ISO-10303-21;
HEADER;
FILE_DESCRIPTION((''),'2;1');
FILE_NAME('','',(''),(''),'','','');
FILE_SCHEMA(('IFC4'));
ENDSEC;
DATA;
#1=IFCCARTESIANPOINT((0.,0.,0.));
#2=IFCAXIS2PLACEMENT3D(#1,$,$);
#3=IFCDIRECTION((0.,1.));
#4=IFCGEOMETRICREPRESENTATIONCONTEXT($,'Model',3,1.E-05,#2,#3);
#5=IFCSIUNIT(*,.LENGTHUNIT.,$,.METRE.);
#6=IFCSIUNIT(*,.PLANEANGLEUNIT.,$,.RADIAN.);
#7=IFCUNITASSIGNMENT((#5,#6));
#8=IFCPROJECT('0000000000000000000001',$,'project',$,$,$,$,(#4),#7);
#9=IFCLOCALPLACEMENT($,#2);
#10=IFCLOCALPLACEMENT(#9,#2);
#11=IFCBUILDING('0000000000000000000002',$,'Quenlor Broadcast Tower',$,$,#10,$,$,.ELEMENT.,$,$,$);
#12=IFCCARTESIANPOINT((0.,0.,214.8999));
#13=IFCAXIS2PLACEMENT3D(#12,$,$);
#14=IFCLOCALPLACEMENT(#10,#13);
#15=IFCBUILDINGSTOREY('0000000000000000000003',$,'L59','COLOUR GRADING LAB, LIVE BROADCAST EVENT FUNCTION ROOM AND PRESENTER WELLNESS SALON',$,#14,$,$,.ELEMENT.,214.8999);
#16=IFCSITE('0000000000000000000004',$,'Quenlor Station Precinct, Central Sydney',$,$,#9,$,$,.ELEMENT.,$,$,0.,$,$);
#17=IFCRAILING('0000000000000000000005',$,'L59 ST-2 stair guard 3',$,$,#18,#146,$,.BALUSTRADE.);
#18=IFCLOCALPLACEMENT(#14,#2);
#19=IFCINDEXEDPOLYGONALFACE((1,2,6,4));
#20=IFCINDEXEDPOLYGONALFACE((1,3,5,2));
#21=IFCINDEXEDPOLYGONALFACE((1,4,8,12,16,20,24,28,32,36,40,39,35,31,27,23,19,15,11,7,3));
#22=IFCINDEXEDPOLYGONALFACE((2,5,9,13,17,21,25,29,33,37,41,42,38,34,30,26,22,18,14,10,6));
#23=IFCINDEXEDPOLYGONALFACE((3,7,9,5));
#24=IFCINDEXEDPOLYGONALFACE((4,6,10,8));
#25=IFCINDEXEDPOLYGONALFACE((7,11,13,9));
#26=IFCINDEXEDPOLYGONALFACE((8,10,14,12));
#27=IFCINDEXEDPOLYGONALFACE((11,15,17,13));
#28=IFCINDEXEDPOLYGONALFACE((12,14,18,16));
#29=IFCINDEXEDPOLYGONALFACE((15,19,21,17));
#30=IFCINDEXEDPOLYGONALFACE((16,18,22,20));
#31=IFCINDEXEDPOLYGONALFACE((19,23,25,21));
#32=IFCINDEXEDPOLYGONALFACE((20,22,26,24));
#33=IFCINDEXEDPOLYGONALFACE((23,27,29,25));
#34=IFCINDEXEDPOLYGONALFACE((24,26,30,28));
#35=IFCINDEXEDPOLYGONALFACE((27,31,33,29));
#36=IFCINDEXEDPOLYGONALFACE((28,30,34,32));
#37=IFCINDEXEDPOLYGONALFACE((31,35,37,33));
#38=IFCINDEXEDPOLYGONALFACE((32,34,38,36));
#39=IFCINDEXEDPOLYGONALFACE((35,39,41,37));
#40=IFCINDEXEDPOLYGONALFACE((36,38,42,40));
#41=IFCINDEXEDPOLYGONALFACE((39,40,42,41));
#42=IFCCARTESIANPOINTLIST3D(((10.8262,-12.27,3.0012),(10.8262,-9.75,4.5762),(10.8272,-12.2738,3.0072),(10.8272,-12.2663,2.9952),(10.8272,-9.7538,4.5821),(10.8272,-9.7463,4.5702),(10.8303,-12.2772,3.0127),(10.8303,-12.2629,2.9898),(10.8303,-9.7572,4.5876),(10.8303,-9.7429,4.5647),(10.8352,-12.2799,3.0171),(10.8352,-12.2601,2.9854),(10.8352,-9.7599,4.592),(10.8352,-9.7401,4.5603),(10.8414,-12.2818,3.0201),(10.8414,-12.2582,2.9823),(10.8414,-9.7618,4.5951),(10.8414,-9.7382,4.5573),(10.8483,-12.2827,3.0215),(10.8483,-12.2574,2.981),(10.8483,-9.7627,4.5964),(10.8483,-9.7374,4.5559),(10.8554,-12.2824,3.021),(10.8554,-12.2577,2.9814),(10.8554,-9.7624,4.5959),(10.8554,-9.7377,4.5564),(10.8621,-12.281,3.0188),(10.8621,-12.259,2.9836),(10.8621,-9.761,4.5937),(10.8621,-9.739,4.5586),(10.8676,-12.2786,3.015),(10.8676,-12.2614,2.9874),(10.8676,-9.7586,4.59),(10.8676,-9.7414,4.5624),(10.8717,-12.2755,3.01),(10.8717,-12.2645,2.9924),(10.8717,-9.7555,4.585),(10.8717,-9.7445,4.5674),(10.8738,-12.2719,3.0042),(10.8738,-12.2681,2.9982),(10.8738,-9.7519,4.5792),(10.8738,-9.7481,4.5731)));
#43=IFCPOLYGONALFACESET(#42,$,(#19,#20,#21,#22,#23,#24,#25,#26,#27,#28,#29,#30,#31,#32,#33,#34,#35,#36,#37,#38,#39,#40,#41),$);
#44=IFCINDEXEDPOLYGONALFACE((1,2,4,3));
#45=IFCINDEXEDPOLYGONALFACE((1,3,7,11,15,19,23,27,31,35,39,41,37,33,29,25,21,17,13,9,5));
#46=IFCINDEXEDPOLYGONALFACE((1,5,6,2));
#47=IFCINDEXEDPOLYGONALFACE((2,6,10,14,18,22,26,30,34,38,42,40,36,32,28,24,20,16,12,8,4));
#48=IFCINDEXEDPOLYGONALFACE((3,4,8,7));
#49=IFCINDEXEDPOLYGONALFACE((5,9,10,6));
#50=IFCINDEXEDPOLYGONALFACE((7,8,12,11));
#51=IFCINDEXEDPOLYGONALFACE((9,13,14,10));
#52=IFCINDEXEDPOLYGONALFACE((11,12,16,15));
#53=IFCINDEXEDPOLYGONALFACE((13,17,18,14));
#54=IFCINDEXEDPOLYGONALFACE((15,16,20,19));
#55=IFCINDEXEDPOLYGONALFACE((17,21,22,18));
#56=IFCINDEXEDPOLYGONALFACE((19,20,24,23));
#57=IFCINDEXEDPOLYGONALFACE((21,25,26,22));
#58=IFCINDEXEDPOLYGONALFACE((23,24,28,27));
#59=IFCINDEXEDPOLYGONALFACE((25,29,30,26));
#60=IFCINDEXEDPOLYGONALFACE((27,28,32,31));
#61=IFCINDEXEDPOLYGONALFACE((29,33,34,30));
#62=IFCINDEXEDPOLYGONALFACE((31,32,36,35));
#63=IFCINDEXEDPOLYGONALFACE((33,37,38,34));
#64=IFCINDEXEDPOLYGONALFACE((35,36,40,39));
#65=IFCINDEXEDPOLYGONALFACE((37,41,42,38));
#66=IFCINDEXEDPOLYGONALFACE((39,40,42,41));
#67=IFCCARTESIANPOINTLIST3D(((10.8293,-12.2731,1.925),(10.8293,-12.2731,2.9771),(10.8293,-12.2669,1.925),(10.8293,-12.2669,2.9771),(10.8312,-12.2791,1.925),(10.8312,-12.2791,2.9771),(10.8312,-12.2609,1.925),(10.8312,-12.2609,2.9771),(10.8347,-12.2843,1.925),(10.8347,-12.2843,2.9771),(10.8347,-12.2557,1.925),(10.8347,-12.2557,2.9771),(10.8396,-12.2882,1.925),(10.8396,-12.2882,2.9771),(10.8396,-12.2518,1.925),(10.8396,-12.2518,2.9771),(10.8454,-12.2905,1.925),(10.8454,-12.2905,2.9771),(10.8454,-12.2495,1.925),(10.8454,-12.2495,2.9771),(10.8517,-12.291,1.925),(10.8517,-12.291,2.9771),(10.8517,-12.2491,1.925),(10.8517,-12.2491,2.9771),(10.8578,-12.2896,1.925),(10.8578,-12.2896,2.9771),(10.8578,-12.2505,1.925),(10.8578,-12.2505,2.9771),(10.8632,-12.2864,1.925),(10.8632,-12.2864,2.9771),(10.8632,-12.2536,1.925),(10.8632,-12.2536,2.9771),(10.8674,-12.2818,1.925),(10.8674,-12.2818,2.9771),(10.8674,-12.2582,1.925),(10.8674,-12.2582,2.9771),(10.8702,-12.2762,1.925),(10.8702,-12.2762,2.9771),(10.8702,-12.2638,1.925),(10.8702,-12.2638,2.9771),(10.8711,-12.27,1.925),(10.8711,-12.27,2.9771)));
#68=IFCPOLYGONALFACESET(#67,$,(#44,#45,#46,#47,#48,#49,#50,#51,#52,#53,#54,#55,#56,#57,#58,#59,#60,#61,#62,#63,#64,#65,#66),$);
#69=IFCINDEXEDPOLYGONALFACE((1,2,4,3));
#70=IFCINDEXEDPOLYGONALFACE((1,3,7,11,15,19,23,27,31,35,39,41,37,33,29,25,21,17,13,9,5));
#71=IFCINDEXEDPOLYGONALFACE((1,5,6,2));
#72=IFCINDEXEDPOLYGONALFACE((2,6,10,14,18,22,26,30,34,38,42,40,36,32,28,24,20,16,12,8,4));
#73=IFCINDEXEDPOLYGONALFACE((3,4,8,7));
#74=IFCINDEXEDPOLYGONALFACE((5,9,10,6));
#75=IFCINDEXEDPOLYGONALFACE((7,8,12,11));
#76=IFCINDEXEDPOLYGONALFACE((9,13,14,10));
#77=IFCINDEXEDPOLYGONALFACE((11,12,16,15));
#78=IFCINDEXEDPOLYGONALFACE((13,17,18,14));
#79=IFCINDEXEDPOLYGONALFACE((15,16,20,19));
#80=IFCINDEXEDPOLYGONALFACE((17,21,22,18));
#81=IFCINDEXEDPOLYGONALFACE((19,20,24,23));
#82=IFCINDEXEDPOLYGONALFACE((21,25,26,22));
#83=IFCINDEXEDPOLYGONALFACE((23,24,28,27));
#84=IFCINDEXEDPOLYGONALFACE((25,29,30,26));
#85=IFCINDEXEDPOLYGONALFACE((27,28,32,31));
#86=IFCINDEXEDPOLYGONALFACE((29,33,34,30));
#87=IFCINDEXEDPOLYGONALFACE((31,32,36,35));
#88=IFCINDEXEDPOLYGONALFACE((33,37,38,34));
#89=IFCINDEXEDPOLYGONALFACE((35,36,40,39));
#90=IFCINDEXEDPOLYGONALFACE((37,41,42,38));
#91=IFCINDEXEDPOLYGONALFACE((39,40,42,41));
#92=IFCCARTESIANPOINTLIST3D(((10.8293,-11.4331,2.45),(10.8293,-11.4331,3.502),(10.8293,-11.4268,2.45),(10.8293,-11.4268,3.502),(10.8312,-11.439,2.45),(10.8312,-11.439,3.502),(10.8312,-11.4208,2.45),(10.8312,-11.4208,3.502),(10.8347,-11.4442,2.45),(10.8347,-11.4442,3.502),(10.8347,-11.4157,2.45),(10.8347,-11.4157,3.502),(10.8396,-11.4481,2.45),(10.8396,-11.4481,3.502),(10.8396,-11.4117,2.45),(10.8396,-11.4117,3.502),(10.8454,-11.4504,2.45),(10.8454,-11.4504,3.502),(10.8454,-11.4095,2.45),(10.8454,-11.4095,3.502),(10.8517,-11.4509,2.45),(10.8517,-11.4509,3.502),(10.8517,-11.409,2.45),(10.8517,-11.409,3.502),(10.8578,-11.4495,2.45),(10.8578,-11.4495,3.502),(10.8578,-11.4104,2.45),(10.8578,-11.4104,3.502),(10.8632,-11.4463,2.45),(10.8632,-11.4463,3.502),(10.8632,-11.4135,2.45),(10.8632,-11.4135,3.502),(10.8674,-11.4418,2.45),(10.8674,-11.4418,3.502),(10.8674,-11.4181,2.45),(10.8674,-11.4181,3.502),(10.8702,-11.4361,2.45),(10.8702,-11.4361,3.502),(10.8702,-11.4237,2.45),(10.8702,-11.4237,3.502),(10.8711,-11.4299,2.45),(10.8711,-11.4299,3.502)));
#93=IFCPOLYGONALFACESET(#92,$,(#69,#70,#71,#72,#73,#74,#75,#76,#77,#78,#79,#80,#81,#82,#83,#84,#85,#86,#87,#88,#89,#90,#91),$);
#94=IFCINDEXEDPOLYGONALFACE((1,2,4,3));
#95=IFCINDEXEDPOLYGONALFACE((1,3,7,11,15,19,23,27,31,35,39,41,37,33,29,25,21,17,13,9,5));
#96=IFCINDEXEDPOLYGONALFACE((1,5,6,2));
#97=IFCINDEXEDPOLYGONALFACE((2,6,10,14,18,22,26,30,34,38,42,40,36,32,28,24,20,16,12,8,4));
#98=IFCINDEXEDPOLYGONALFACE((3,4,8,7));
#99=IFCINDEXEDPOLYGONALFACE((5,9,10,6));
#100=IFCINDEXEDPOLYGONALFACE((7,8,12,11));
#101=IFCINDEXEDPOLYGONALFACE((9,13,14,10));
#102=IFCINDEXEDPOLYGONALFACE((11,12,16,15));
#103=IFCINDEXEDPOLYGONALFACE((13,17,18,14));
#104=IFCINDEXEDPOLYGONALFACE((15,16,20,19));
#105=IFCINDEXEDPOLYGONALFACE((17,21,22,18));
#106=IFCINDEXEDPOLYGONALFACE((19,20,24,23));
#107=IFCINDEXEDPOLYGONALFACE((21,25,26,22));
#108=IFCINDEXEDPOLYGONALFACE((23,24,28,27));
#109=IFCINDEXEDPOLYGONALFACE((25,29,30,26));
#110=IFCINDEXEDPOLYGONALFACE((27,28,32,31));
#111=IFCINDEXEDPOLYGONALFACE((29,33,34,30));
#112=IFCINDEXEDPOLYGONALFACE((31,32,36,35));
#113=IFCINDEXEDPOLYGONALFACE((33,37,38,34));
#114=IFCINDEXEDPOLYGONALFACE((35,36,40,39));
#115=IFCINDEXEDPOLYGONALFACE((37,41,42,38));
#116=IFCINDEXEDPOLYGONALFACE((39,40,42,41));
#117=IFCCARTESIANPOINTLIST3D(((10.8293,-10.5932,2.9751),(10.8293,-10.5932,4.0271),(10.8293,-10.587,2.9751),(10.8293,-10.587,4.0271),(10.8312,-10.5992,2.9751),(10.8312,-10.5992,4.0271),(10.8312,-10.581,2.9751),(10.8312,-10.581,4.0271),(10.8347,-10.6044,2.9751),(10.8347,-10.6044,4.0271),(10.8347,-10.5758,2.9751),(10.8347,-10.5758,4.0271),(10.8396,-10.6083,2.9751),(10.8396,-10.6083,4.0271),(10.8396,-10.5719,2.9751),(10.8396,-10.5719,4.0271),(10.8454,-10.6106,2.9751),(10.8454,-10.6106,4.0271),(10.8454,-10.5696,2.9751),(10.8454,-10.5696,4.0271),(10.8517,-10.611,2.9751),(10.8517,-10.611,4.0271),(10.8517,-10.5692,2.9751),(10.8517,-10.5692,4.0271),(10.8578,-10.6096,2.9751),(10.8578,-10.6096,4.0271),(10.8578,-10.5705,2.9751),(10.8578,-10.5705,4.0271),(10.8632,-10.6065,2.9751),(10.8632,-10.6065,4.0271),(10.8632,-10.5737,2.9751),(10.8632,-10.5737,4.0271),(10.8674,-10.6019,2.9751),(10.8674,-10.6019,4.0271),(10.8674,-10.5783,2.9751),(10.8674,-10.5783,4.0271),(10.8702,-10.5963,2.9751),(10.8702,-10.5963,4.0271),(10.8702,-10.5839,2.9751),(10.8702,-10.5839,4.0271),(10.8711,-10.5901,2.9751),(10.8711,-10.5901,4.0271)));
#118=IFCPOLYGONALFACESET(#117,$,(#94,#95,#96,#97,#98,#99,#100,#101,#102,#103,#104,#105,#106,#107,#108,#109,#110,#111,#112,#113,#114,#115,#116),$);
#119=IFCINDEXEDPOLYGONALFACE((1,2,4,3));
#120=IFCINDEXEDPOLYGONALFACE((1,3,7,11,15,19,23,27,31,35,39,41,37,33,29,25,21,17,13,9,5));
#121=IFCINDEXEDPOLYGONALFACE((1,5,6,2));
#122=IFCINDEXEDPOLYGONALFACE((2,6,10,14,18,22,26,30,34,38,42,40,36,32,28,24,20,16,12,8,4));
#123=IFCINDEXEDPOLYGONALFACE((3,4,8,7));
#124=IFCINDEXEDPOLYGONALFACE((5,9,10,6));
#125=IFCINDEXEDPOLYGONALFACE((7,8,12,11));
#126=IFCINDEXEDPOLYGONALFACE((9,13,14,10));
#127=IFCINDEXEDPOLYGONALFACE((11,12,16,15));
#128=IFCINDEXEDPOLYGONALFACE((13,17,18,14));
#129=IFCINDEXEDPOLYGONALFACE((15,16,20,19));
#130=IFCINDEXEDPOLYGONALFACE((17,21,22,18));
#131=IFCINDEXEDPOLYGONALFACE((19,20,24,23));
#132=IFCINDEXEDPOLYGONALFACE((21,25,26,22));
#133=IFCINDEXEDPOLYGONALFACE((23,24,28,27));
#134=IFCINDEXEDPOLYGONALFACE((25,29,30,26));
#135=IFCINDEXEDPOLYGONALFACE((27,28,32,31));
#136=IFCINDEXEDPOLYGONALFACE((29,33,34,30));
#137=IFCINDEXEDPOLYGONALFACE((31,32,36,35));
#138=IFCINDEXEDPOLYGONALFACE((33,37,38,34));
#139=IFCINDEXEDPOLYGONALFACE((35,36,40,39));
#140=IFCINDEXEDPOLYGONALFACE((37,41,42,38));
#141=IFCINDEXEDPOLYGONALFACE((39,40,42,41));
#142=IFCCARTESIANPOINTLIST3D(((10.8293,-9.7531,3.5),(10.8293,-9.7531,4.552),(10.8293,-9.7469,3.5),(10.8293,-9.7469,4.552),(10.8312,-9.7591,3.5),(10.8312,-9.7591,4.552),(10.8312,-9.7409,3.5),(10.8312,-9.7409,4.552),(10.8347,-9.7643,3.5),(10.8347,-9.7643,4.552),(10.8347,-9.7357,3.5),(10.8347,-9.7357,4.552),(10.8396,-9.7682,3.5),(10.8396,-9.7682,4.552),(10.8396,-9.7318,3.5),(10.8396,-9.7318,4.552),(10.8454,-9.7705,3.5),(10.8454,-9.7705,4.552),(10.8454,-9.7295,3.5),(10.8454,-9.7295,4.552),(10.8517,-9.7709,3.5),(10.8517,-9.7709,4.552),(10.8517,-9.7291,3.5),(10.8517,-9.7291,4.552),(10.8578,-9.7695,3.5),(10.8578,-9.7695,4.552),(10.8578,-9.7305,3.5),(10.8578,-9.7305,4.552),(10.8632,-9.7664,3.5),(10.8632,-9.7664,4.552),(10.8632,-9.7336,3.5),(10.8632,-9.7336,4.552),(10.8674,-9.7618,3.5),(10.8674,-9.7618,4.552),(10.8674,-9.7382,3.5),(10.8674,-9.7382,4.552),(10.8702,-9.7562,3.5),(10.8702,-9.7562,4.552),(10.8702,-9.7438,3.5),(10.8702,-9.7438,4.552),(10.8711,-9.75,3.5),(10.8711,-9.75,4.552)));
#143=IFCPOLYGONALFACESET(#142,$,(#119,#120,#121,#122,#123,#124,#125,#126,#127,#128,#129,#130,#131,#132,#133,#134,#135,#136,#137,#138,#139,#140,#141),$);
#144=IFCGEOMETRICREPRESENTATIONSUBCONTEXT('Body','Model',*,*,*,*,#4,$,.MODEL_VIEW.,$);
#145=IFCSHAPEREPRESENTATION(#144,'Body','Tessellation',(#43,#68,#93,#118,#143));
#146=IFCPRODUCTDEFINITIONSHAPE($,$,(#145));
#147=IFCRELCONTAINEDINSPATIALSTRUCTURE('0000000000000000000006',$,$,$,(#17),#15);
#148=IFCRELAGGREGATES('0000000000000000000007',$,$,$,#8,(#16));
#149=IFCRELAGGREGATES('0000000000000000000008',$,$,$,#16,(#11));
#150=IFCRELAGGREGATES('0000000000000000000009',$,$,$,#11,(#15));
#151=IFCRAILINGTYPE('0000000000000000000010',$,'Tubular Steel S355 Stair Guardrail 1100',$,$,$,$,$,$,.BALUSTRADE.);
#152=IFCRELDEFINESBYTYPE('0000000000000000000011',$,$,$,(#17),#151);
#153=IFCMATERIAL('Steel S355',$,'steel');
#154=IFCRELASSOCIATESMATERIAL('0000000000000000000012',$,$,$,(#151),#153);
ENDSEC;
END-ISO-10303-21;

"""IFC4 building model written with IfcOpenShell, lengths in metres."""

from ifc_helpers import new_model, si_unit, direction, frame, origin, origin_2d, place, context, subcontext, project, spatial, circle, extrude, material, type_object, element, save


model = new_model("IFC4")

# Units and contexts
model_context = context("Model", 3, precision=1e-05, world=origin(), true_north=direction((0.0, 1.0)))
body_context = subcontext(model_context, "Body", "Model", "MODEL_VIEW")
ifc_project = project(units=[si_unit("LENGTHUNIT", "METRE"), si_unit("PLANEANGLEUNIT", "RADIAN")], contexts=[model_context])

# Site, building, storey
site_placement = place(None, origin())
site = spatial("IfcSite", under=ifc_project, at=site_placement, Name="Quenlor Station Precinct, Central Sydney", CompositionType="ELEMENT", RefElevation=0.0)
building_placement = place(site_placement, origin())
building = spatial("IfcBuilding", under=site, at=building_placement, Name="Quenlor Broadcast Tower", CompositionType="ELEMENT")
storey_placement = place(building_placement, frame((0.0, 0.0, 214.8999)))
storey = spatial("IfcBuildingStorey", under=building, at=storey_placement, Name="L59", Description="COLOUR GRADING LAB, LIVE BROADCAST EVENT FUNCTION ROOM AND PRESENTER WELLNESS SALON", CompositionType="ELEMENT", Elevation=214.8999)

# Railing
ifc_material_1 = material(Name="Steel S355", Category="steel")
railing_type_1 = type_object("IfcRailingType", Name="Tubular Steel S355 Stair Guardrail 1100", PredefinedType="BALUSTRADE", material=ifc_material_1)
railing_1_placement = place(storey_placement, frame((10.8501, -12.27, 1.925)))
element("IfcRailing", 1, at=railing_1_placement, inside=storey, type_object=railing_type_1, Name="L59 ST-2 stair guard 3", PredefinedType="BALUSTRADE", context=body_context, shape_type="SweptSolid", body=[
    extrude(circle(Radius=0.0239, at=origin_2d()), frame((0.0, 0.0, 1.0762), z_axis=(0.0, 0.848008, 0.529984), x_axis=(-1.0, 0.0, 0.0)), (0.0, 0.0, 1.0), 2.9717),
    extrude(circle(Radius=0.021, at=origin_2d()), origin(), (0.0, 0.0, 1.0), 1.052),
    extrude(circle(Radius=0.021, at=origin_2d()), frame((0.0, 0.8401, 0.5249)), (0.0, 0.0, 1.0), 1.052),
    extrude(circle(Radius=0.021, at=origin_2d()), frame((0.0, 1.6799, 1.05)), (0.0, 0.0, 1.0), 1.052),
    extrude(circle(Radius=0.021, at=origin_2d()), frame((0.0, 2.52, 1.575)), (0.0, 0.0, 1.0), 1.052),
])

save(model, "model.ifc")
